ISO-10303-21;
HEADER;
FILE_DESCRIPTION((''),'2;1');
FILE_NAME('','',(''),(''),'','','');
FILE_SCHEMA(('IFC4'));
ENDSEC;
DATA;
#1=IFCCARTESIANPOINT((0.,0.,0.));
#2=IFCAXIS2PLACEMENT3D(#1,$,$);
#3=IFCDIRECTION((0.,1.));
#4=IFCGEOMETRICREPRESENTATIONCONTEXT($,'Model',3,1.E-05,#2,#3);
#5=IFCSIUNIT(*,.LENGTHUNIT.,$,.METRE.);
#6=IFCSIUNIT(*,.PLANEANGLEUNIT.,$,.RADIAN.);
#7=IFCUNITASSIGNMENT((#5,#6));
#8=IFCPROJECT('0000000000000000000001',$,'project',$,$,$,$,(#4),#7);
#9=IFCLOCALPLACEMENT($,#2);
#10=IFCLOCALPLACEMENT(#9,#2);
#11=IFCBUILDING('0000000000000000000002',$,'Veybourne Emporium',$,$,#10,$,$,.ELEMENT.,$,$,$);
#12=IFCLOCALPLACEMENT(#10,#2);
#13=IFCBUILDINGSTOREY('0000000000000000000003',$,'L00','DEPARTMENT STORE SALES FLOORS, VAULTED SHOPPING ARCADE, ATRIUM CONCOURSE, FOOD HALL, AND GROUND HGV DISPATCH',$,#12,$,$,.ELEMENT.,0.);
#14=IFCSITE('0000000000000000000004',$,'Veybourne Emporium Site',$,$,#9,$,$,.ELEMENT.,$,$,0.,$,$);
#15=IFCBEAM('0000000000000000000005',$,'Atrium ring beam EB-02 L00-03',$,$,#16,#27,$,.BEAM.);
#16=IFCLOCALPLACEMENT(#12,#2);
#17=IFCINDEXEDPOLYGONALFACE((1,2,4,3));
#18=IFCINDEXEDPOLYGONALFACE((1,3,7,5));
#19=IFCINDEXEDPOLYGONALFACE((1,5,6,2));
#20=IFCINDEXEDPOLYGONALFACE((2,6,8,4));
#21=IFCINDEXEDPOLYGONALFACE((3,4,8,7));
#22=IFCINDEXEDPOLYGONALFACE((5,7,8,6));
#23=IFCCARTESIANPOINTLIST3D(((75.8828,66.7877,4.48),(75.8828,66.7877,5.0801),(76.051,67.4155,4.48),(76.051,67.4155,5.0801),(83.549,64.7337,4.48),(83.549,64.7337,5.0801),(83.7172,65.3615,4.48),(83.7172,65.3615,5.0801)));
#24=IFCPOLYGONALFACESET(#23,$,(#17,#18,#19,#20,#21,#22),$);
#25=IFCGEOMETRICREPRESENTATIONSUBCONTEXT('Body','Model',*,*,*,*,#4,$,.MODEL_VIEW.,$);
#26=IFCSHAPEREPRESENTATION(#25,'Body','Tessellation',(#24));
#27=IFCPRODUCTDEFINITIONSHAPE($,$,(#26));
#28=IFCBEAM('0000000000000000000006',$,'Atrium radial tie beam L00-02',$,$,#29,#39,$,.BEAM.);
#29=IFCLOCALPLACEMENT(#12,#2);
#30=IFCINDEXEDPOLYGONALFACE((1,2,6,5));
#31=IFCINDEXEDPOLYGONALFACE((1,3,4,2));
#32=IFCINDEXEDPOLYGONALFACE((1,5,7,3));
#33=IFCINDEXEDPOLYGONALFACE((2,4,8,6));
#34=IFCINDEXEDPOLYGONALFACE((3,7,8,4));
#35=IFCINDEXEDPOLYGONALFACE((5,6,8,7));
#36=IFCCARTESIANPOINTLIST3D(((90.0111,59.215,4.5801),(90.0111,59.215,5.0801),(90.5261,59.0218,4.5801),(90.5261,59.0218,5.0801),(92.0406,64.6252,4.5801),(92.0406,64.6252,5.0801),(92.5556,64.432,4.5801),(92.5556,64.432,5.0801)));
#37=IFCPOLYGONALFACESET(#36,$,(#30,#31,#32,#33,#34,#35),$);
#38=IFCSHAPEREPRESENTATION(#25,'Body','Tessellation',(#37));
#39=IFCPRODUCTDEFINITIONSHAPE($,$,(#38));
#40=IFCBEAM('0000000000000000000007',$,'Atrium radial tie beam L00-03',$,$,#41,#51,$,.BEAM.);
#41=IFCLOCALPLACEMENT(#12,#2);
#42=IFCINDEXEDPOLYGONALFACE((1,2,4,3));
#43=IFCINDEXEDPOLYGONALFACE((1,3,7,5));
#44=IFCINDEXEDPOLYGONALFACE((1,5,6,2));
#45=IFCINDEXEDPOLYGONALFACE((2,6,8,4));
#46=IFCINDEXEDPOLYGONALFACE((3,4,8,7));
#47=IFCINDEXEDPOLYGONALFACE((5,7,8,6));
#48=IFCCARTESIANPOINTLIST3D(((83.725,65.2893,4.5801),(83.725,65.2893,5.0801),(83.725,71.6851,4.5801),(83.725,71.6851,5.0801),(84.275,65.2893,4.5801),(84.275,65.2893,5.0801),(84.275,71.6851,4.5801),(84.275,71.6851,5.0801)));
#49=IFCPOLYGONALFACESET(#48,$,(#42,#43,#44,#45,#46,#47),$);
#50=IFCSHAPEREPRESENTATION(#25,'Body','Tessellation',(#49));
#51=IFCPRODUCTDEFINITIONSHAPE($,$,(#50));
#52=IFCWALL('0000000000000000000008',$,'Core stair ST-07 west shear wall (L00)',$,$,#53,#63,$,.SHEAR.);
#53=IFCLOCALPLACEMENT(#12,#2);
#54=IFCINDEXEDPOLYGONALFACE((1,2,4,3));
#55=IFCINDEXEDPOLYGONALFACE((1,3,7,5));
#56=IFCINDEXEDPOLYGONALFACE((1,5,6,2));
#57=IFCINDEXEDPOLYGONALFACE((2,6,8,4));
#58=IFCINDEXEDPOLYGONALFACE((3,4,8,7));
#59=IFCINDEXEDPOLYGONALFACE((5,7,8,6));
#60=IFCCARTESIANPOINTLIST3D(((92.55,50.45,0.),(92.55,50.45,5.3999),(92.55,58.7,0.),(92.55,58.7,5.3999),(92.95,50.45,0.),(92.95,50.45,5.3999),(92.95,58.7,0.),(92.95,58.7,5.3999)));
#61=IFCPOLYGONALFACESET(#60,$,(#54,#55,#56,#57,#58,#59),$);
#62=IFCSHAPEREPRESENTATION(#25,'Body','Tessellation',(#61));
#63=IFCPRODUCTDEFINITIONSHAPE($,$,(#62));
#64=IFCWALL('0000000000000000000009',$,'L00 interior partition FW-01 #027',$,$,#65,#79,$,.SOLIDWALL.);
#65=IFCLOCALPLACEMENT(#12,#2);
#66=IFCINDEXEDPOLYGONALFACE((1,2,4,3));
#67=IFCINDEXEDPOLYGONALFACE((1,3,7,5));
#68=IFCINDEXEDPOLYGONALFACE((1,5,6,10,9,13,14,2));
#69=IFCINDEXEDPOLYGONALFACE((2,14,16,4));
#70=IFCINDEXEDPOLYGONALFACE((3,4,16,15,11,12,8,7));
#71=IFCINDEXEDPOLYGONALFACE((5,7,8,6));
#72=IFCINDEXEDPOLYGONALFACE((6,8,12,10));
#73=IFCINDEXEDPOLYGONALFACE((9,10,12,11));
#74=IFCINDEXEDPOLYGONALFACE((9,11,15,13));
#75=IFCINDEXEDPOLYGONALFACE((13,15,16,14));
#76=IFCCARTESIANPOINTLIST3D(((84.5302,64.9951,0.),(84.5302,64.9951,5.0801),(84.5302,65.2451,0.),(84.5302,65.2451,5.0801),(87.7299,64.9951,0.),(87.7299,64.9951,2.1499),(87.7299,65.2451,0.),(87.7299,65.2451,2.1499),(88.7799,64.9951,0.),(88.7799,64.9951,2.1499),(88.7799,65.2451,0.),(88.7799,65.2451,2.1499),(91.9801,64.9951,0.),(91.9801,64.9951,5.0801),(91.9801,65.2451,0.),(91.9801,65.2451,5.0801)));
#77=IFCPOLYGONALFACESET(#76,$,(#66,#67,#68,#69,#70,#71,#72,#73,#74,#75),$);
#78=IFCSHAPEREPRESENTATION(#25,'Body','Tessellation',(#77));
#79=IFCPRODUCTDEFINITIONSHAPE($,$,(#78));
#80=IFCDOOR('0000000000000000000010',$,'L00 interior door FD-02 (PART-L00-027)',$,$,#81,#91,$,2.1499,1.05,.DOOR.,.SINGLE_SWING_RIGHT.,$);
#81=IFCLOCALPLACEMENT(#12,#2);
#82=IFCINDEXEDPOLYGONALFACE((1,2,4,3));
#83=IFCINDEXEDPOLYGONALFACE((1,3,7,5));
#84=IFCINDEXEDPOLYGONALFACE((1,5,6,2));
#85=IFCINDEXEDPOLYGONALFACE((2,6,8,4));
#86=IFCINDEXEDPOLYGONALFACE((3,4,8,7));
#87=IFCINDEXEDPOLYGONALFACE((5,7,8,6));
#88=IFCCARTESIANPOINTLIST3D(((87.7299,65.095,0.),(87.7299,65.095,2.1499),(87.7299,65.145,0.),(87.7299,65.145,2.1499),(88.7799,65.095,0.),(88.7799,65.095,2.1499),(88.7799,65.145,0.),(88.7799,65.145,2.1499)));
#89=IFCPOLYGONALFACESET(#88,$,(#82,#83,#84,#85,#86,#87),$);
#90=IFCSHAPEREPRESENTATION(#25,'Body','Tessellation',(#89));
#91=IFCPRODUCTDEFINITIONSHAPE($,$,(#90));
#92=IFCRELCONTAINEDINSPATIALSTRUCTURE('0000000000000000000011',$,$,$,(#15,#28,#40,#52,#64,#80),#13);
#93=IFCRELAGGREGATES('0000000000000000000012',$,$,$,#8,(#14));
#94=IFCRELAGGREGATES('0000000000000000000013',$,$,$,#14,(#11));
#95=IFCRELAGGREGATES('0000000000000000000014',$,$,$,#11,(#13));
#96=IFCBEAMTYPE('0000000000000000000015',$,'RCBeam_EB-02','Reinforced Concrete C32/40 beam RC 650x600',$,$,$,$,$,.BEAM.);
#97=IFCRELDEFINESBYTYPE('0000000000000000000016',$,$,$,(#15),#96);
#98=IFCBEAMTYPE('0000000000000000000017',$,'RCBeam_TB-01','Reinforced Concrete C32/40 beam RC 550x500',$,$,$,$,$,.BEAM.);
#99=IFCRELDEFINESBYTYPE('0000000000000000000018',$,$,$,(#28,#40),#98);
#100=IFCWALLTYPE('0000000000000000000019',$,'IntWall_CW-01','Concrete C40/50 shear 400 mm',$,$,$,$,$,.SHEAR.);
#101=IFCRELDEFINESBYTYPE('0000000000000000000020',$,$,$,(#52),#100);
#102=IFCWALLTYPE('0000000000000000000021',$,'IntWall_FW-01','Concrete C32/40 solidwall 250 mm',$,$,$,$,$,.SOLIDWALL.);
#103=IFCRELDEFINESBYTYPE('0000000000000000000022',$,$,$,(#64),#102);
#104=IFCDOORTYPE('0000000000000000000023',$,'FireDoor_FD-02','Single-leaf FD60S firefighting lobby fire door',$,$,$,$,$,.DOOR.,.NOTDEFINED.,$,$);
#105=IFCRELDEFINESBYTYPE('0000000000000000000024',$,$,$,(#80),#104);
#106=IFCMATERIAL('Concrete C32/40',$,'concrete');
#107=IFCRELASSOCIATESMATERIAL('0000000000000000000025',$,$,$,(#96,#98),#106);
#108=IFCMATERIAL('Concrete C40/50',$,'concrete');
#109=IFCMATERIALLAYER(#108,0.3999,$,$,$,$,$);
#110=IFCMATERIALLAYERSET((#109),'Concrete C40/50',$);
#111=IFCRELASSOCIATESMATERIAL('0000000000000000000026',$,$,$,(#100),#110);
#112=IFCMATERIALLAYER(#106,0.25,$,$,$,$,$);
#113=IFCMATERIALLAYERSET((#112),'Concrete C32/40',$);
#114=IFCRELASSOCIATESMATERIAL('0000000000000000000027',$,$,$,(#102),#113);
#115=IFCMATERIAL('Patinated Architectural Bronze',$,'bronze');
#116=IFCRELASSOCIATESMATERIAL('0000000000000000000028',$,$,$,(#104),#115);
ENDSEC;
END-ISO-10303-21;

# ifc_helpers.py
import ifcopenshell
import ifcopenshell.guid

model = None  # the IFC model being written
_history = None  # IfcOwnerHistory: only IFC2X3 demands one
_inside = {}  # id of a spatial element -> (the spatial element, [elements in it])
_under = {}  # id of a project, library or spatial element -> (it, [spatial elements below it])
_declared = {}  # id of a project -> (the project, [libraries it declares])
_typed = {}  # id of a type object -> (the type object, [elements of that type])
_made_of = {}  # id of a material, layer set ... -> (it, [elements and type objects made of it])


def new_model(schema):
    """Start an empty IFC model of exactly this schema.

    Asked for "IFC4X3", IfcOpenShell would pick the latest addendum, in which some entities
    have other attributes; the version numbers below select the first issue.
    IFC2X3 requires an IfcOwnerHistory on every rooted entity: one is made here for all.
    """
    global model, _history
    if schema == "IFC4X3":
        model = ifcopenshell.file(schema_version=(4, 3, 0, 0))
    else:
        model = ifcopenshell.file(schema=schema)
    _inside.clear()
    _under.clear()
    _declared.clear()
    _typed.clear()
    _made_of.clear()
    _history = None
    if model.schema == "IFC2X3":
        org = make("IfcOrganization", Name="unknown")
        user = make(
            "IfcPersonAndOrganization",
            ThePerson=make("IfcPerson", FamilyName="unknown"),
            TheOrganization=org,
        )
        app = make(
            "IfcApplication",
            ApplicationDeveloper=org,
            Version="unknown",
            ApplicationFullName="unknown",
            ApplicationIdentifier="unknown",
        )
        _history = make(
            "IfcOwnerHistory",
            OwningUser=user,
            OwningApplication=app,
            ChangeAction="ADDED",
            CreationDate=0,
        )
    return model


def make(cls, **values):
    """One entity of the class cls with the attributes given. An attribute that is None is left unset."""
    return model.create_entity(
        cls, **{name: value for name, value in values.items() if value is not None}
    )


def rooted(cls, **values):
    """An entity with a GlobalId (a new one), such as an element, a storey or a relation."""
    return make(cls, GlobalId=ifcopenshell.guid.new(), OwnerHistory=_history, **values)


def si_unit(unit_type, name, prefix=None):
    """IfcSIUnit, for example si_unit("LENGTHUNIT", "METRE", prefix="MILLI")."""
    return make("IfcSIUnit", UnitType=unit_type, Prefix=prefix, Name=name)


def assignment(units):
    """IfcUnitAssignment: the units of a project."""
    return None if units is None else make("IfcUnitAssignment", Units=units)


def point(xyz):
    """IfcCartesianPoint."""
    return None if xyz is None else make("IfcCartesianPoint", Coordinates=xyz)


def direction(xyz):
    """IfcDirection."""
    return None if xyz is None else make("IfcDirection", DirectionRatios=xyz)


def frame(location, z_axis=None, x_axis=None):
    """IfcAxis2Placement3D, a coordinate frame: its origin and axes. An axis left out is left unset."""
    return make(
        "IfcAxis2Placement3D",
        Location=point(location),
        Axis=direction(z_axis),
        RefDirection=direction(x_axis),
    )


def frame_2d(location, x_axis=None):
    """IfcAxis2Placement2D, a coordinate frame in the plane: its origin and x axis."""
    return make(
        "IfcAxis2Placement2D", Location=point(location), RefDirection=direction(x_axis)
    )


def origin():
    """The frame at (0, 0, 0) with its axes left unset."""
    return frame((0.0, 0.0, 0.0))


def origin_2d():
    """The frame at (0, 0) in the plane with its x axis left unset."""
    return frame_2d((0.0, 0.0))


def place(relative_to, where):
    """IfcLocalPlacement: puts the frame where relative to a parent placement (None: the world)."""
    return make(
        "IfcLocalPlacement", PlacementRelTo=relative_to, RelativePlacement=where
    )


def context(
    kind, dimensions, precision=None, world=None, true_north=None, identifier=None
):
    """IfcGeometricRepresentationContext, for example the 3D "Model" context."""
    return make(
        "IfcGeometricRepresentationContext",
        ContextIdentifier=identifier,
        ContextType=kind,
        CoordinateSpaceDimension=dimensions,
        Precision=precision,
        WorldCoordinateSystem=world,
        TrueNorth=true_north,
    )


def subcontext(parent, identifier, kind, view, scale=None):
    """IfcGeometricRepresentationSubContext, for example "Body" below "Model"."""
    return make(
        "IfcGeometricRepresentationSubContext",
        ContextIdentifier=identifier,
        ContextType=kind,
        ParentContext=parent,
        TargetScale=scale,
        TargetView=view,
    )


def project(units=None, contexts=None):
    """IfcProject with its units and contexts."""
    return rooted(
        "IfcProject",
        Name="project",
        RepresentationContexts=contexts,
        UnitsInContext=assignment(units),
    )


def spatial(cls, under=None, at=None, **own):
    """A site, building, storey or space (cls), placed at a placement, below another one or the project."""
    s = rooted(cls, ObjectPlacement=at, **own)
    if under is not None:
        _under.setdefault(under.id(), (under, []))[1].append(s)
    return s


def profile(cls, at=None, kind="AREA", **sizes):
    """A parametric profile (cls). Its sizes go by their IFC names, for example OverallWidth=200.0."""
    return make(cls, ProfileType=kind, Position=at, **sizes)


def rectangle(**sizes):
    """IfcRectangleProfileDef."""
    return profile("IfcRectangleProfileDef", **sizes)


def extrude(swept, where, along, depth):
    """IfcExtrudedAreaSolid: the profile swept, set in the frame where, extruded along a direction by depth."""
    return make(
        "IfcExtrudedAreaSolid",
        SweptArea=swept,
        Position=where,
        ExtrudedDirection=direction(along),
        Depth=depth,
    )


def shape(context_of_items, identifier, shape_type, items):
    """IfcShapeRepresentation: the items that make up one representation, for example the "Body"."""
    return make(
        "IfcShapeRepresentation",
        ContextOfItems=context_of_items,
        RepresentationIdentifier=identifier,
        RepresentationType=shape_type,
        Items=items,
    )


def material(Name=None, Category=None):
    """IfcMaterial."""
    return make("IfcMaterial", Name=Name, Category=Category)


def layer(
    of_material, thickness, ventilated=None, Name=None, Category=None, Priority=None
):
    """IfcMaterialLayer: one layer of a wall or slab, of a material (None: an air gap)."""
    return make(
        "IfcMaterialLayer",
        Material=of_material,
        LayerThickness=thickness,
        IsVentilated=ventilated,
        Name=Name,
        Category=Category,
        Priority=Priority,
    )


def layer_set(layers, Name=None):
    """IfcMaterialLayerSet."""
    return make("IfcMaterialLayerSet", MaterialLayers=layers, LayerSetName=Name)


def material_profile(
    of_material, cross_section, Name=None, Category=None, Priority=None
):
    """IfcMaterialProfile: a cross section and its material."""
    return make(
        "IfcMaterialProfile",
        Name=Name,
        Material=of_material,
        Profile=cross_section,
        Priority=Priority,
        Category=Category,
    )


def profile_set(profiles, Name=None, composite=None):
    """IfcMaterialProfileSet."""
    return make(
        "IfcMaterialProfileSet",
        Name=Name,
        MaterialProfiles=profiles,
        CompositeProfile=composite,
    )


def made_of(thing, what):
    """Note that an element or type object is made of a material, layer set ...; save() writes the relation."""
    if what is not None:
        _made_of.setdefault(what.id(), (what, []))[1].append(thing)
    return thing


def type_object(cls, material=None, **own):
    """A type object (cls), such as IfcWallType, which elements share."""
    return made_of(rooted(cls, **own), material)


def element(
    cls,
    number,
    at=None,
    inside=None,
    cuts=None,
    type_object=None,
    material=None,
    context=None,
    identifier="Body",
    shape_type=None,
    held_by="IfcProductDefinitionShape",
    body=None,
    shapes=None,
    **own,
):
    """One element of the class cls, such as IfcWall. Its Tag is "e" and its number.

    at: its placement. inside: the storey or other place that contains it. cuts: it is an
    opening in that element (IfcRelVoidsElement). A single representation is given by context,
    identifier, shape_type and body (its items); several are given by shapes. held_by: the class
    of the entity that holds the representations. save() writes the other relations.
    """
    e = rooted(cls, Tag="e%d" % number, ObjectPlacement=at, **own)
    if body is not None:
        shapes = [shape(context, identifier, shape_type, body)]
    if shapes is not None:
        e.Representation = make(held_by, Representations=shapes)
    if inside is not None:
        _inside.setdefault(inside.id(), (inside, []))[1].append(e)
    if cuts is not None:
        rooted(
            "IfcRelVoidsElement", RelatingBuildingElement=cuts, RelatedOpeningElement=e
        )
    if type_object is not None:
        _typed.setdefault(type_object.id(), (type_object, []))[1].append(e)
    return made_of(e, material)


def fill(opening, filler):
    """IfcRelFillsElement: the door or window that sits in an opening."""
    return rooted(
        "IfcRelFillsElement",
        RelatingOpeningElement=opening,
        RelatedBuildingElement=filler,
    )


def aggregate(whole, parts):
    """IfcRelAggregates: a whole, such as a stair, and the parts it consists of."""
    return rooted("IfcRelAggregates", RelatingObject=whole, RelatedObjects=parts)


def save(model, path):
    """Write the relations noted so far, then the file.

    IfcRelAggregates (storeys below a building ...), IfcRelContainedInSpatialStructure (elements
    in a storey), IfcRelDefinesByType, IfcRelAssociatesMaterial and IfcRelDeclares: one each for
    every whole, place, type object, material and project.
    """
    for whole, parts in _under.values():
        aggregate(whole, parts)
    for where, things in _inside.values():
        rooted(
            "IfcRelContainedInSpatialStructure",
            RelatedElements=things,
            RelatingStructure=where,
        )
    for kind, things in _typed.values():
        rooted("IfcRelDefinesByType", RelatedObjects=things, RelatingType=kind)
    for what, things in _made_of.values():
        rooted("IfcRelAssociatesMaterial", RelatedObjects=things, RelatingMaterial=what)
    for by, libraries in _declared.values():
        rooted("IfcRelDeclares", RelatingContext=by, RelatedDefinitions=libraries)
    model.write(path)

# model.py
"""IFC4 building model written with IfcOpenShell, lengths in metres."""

from ifc_helpers import new_model, si_unit, direction, frame, frame_2d, origin, origin_2d, place, context, subcontext, project, spatial, rectangle, extrude, material, layer, layer_set, material_profile, profile_set, type_object, element, fill, save


model = new_model("IFC4")

# Units and contexts
model_context = context("Model", 3, precision=1e-05, world=origin(), true_north=direction((0.0, 1.0)))
body_context = subcontext(model_context, "Body", "Model", "MODEL_VIEW")
ifc_project = project(units=[si_unit("LENGTHUNIT", "METRE"), si_unit("PLANEANGLEUNIT", "RADIAN")], contexts=[model_context])

# Site, building, storey
site_placement = place(None, origin())
site = spatial("IfcSite", under=ifc_project, at=site_placement, Name="Veybourne Emporium Site", CompositionType="ELEMENT", RefElevation=0.0)
building_placement = place(site_placement, origin())
building = spatial("IfcBuilding", under=site, at=building_placement, Name="Veybourne Emporium", CompositionType="ELEMENT")
storey_placement = place(building_placement, origin())
storey = spatial("IfcBuildingStorey", under=building, at=storey_placement, Name="L00", Description="DEPARTMENT STORE SALES FLOORS, VAULTED SHOPPING ARCADE, ATRIUM CONCOURSE, FOOD HALL, AND GROUND HGV DISPATCH", CompositionType="ELEMENT", Elevation=0.0)

# Shared definitions
ifc_material_1 = material(Name="Concrete C40/50", Category="concrete")

# Beams
ifc_material_2 = material(Name="Concrete C32/40", Category="concrete")
ifc_material_profile_1 = material_profile(ifc_material_2, rectangle(XDim=0.6499, YDim=0.6001, at=origin_2d()), Name="RC 650x600")
ifc_profile_set_1 = profile_set([ifc_material_profile_1], Name="Concrete C32/40")
beam_type_1 = type_object("IfcBeamType", Name="RCBeam_EB-02", Description="Reinforced Concrete C32/40 beam RC 650x600", PredefinedType="BEAM", material=ifc_profile_set_1)
beam_1_placement = place(storey_placement, frame((83.6331, 65.0476, 4.78), z_axis=(-0.96593, 0.258802, 0.0), x_axis=(-0.258802, -0.96593, 0.0)))
element("IfcBeam", 1, at=beam_1_placement, inside=storey, type_object=beam_type_1, Name="Atrium ring beam EB-02 L00-03", PredefinedType="BEAM", context=body_context, shape_type="SweptSolid", body=[
    extrude(rectangle(XDim=0.6499, YDim=0.6001, at=origin_2d()), origin(), (0.0, 0.0, 1.0), 7.9365),
])
ifc_material_profile_2 = material_profile(ifc_material_2, rectangle(XDim=0.55, YDim=0.5, at=origin_2d()), Name="RC 550x500")
ifc_profile_set_2 = profile_set([ifc_material_profile_2], Name="Concrete C32/40")
beam_type_2 = type_object("IfcBeamType", Name="RCBeam_TB-01", Description="Reinforced Concrete C32/40 beam RC 550x500", PredefinedType="BEAM", material=ifc_profile_set_2)
beam_2_placement = place(storey_placement, frame((90.2686, 59.1184, 4.8301), z_axis=(0.351235, 0.936287, 0.0), x_axis=(-0.936287, 0.351235, 0.0)))
element("IfcBeam", 2, at=beam_2_placement, inside=storey, type_object=beam_type_2, Name="Atrium radial tie beam L00-02", PredefinedType="BEAM", context=body_context, shape_type="SweptSolid", body=[
    extrude(rectangle(XDim=0.55, YDim=0.5, at=origin_2d()), origin(), (0.0, 0.0, 1.0), 5.7783),
])
beam_3_placement = place(storey_placement, frame((84.0, 65.2893, 4.8301), z_axis=(0.0, 1.0, 0.0), x_axis=(-1.0, 0.0, 0.0)))
element("IfcBeam", 3, at=beam_3_placement, inside=storey, type_object=beam_type_2, Name="Atrium radial tie beam L00-03", PredefinedType="BEAM", context=body_context, shape_type="SweptSolid", body=[
    extrude(rectangle(XDim=0.55, YDim=0.5, at=origin_2d()), origin(), (0.0, 0.0, 1.0), 6.3958),
])

# Wall
ifc_layer_1 = layer(ifc_material_1, 0.3999)
ifc_layer_set_1 = layer_set([ifc_layer_1], Name="Concrete C40/50")
wall_type_1 = type_object("IfcWallType", Name="IntWall_CW-01", Description="Concrete C40/50 shear 400 mm", PredefinedType="SHEAR", material=ifc_layer_set_1)
wall_1_placement = place(storey_placement, frame((92.75, 58.7, 0.0), z_axis=(0.0, 0.0, 1.0), x_axis=(0.0, -1.0, 0.0)))
element("IfcWall", 4, at=wall_1_placement, inside=storey, type_object=wall_type_1, Name="Core stair ST-07 west shear wall (L00)", PredefinedType="SHEAR", context=body_context, shape_type="SweptSolid", body=[
    extrude(rectangle(XDim=8.25, YDim=0.3999, at=frame_2d((4.125, 0.0))), origin(), (0.0, 0.0, 1.0), 5.3999),
])

# Wall, opening, door
ifc_layer_2 = layer(ifc_material_2, 0.25)
ifc_layer_set_2 = layer_set([ifc_layer_2], Name="Concrete C32/40")
wall_type_2 = type_object("IfcWallType", Name="IntWall_FW-01", Description="Concrete C32/40 solidwall 250 mm", PredefinedType="SOLIDWALL", material=ifc_layer_set_2)
wall_2_placement = place(storey_placement, frame((84.53, 65.1201, 0.0), z_axis=(0.0, 0.0, 1.0), x_axis=(1.0, 0.0, 0.0)))
wall_2 = element("IfcWall", 5, at=wall_2_placement, inside=storey, type_object=wall_type_2, Name="L00 interior partition FW-01 #027", PredefinedType="SOLIDWALL", context=body_context, shape_type="SweptSolid", body=[
    extrude(rectangle(XDim=7.45, YDim=0.25, at=frame_2d((3.7251, 0.0))), origin(), (0.0, 0.0, 1.0), 5.0801),
])
opening_1_placement = place(wall_2_placement, frame((3.2, 0.0, 0.0)))
opening_1 = element("IfcOpeningElement", 6, at=opening_1_placement, cuts=wall_2, PredefinedType="OPENING", context=body_context, shape_type="SweptSolid", body=[
    extrude(rectangle(XDim=1.05, YDim=2.1499, at=frame_2d((0.5249, 1.075))), frame((0.0, 0.145, 0.0), z_axis=(0.0, -1.0, 0.0), x_axis=(1.0, 0.0, 0.0)), (0.0, 0.0, 1.0), 0.29),
])
ifc_material_3 = material(Name="Patinated Architectural Bronze", Category="bronze")
door_type = type_object("IfcDoorType", Name="FireDoor_FD-02", Description="Single-leaf FD60S firefighting lobby fire door", OperationType="NOTDEFINED", PredefinedType="DOOR", material=ifc_material_3)
door_1_placement = place(opening_1_placement, origin())
door_1 = element("IfcDoor", 7, at=door_1_placement, inside=storey, type_object=door_type, Name="L00 interior door FD-02 (PART-L00-027)", OperationType="SINGLE_SWING_RIGHT", OverallHeight=2.1499, OverallWidth=1.05, PredefinedType="DOOR", context=body_context, shape_type="SweptSolid", body=[
    extrude(rectangle(XDim=1.05, YDim=2.1499, at=frame_2d((0.5249, 1.075))), frame((0.0, 0.0249, 0.0), z_axis=(0.0, -1.0, 0.0), x_axis=(1.0, 0.0, 0.0)), (0.0, 0.0, 1.0), 0.05),
])
fill(opening_1, door_1)

save(model, "model.ifc")
